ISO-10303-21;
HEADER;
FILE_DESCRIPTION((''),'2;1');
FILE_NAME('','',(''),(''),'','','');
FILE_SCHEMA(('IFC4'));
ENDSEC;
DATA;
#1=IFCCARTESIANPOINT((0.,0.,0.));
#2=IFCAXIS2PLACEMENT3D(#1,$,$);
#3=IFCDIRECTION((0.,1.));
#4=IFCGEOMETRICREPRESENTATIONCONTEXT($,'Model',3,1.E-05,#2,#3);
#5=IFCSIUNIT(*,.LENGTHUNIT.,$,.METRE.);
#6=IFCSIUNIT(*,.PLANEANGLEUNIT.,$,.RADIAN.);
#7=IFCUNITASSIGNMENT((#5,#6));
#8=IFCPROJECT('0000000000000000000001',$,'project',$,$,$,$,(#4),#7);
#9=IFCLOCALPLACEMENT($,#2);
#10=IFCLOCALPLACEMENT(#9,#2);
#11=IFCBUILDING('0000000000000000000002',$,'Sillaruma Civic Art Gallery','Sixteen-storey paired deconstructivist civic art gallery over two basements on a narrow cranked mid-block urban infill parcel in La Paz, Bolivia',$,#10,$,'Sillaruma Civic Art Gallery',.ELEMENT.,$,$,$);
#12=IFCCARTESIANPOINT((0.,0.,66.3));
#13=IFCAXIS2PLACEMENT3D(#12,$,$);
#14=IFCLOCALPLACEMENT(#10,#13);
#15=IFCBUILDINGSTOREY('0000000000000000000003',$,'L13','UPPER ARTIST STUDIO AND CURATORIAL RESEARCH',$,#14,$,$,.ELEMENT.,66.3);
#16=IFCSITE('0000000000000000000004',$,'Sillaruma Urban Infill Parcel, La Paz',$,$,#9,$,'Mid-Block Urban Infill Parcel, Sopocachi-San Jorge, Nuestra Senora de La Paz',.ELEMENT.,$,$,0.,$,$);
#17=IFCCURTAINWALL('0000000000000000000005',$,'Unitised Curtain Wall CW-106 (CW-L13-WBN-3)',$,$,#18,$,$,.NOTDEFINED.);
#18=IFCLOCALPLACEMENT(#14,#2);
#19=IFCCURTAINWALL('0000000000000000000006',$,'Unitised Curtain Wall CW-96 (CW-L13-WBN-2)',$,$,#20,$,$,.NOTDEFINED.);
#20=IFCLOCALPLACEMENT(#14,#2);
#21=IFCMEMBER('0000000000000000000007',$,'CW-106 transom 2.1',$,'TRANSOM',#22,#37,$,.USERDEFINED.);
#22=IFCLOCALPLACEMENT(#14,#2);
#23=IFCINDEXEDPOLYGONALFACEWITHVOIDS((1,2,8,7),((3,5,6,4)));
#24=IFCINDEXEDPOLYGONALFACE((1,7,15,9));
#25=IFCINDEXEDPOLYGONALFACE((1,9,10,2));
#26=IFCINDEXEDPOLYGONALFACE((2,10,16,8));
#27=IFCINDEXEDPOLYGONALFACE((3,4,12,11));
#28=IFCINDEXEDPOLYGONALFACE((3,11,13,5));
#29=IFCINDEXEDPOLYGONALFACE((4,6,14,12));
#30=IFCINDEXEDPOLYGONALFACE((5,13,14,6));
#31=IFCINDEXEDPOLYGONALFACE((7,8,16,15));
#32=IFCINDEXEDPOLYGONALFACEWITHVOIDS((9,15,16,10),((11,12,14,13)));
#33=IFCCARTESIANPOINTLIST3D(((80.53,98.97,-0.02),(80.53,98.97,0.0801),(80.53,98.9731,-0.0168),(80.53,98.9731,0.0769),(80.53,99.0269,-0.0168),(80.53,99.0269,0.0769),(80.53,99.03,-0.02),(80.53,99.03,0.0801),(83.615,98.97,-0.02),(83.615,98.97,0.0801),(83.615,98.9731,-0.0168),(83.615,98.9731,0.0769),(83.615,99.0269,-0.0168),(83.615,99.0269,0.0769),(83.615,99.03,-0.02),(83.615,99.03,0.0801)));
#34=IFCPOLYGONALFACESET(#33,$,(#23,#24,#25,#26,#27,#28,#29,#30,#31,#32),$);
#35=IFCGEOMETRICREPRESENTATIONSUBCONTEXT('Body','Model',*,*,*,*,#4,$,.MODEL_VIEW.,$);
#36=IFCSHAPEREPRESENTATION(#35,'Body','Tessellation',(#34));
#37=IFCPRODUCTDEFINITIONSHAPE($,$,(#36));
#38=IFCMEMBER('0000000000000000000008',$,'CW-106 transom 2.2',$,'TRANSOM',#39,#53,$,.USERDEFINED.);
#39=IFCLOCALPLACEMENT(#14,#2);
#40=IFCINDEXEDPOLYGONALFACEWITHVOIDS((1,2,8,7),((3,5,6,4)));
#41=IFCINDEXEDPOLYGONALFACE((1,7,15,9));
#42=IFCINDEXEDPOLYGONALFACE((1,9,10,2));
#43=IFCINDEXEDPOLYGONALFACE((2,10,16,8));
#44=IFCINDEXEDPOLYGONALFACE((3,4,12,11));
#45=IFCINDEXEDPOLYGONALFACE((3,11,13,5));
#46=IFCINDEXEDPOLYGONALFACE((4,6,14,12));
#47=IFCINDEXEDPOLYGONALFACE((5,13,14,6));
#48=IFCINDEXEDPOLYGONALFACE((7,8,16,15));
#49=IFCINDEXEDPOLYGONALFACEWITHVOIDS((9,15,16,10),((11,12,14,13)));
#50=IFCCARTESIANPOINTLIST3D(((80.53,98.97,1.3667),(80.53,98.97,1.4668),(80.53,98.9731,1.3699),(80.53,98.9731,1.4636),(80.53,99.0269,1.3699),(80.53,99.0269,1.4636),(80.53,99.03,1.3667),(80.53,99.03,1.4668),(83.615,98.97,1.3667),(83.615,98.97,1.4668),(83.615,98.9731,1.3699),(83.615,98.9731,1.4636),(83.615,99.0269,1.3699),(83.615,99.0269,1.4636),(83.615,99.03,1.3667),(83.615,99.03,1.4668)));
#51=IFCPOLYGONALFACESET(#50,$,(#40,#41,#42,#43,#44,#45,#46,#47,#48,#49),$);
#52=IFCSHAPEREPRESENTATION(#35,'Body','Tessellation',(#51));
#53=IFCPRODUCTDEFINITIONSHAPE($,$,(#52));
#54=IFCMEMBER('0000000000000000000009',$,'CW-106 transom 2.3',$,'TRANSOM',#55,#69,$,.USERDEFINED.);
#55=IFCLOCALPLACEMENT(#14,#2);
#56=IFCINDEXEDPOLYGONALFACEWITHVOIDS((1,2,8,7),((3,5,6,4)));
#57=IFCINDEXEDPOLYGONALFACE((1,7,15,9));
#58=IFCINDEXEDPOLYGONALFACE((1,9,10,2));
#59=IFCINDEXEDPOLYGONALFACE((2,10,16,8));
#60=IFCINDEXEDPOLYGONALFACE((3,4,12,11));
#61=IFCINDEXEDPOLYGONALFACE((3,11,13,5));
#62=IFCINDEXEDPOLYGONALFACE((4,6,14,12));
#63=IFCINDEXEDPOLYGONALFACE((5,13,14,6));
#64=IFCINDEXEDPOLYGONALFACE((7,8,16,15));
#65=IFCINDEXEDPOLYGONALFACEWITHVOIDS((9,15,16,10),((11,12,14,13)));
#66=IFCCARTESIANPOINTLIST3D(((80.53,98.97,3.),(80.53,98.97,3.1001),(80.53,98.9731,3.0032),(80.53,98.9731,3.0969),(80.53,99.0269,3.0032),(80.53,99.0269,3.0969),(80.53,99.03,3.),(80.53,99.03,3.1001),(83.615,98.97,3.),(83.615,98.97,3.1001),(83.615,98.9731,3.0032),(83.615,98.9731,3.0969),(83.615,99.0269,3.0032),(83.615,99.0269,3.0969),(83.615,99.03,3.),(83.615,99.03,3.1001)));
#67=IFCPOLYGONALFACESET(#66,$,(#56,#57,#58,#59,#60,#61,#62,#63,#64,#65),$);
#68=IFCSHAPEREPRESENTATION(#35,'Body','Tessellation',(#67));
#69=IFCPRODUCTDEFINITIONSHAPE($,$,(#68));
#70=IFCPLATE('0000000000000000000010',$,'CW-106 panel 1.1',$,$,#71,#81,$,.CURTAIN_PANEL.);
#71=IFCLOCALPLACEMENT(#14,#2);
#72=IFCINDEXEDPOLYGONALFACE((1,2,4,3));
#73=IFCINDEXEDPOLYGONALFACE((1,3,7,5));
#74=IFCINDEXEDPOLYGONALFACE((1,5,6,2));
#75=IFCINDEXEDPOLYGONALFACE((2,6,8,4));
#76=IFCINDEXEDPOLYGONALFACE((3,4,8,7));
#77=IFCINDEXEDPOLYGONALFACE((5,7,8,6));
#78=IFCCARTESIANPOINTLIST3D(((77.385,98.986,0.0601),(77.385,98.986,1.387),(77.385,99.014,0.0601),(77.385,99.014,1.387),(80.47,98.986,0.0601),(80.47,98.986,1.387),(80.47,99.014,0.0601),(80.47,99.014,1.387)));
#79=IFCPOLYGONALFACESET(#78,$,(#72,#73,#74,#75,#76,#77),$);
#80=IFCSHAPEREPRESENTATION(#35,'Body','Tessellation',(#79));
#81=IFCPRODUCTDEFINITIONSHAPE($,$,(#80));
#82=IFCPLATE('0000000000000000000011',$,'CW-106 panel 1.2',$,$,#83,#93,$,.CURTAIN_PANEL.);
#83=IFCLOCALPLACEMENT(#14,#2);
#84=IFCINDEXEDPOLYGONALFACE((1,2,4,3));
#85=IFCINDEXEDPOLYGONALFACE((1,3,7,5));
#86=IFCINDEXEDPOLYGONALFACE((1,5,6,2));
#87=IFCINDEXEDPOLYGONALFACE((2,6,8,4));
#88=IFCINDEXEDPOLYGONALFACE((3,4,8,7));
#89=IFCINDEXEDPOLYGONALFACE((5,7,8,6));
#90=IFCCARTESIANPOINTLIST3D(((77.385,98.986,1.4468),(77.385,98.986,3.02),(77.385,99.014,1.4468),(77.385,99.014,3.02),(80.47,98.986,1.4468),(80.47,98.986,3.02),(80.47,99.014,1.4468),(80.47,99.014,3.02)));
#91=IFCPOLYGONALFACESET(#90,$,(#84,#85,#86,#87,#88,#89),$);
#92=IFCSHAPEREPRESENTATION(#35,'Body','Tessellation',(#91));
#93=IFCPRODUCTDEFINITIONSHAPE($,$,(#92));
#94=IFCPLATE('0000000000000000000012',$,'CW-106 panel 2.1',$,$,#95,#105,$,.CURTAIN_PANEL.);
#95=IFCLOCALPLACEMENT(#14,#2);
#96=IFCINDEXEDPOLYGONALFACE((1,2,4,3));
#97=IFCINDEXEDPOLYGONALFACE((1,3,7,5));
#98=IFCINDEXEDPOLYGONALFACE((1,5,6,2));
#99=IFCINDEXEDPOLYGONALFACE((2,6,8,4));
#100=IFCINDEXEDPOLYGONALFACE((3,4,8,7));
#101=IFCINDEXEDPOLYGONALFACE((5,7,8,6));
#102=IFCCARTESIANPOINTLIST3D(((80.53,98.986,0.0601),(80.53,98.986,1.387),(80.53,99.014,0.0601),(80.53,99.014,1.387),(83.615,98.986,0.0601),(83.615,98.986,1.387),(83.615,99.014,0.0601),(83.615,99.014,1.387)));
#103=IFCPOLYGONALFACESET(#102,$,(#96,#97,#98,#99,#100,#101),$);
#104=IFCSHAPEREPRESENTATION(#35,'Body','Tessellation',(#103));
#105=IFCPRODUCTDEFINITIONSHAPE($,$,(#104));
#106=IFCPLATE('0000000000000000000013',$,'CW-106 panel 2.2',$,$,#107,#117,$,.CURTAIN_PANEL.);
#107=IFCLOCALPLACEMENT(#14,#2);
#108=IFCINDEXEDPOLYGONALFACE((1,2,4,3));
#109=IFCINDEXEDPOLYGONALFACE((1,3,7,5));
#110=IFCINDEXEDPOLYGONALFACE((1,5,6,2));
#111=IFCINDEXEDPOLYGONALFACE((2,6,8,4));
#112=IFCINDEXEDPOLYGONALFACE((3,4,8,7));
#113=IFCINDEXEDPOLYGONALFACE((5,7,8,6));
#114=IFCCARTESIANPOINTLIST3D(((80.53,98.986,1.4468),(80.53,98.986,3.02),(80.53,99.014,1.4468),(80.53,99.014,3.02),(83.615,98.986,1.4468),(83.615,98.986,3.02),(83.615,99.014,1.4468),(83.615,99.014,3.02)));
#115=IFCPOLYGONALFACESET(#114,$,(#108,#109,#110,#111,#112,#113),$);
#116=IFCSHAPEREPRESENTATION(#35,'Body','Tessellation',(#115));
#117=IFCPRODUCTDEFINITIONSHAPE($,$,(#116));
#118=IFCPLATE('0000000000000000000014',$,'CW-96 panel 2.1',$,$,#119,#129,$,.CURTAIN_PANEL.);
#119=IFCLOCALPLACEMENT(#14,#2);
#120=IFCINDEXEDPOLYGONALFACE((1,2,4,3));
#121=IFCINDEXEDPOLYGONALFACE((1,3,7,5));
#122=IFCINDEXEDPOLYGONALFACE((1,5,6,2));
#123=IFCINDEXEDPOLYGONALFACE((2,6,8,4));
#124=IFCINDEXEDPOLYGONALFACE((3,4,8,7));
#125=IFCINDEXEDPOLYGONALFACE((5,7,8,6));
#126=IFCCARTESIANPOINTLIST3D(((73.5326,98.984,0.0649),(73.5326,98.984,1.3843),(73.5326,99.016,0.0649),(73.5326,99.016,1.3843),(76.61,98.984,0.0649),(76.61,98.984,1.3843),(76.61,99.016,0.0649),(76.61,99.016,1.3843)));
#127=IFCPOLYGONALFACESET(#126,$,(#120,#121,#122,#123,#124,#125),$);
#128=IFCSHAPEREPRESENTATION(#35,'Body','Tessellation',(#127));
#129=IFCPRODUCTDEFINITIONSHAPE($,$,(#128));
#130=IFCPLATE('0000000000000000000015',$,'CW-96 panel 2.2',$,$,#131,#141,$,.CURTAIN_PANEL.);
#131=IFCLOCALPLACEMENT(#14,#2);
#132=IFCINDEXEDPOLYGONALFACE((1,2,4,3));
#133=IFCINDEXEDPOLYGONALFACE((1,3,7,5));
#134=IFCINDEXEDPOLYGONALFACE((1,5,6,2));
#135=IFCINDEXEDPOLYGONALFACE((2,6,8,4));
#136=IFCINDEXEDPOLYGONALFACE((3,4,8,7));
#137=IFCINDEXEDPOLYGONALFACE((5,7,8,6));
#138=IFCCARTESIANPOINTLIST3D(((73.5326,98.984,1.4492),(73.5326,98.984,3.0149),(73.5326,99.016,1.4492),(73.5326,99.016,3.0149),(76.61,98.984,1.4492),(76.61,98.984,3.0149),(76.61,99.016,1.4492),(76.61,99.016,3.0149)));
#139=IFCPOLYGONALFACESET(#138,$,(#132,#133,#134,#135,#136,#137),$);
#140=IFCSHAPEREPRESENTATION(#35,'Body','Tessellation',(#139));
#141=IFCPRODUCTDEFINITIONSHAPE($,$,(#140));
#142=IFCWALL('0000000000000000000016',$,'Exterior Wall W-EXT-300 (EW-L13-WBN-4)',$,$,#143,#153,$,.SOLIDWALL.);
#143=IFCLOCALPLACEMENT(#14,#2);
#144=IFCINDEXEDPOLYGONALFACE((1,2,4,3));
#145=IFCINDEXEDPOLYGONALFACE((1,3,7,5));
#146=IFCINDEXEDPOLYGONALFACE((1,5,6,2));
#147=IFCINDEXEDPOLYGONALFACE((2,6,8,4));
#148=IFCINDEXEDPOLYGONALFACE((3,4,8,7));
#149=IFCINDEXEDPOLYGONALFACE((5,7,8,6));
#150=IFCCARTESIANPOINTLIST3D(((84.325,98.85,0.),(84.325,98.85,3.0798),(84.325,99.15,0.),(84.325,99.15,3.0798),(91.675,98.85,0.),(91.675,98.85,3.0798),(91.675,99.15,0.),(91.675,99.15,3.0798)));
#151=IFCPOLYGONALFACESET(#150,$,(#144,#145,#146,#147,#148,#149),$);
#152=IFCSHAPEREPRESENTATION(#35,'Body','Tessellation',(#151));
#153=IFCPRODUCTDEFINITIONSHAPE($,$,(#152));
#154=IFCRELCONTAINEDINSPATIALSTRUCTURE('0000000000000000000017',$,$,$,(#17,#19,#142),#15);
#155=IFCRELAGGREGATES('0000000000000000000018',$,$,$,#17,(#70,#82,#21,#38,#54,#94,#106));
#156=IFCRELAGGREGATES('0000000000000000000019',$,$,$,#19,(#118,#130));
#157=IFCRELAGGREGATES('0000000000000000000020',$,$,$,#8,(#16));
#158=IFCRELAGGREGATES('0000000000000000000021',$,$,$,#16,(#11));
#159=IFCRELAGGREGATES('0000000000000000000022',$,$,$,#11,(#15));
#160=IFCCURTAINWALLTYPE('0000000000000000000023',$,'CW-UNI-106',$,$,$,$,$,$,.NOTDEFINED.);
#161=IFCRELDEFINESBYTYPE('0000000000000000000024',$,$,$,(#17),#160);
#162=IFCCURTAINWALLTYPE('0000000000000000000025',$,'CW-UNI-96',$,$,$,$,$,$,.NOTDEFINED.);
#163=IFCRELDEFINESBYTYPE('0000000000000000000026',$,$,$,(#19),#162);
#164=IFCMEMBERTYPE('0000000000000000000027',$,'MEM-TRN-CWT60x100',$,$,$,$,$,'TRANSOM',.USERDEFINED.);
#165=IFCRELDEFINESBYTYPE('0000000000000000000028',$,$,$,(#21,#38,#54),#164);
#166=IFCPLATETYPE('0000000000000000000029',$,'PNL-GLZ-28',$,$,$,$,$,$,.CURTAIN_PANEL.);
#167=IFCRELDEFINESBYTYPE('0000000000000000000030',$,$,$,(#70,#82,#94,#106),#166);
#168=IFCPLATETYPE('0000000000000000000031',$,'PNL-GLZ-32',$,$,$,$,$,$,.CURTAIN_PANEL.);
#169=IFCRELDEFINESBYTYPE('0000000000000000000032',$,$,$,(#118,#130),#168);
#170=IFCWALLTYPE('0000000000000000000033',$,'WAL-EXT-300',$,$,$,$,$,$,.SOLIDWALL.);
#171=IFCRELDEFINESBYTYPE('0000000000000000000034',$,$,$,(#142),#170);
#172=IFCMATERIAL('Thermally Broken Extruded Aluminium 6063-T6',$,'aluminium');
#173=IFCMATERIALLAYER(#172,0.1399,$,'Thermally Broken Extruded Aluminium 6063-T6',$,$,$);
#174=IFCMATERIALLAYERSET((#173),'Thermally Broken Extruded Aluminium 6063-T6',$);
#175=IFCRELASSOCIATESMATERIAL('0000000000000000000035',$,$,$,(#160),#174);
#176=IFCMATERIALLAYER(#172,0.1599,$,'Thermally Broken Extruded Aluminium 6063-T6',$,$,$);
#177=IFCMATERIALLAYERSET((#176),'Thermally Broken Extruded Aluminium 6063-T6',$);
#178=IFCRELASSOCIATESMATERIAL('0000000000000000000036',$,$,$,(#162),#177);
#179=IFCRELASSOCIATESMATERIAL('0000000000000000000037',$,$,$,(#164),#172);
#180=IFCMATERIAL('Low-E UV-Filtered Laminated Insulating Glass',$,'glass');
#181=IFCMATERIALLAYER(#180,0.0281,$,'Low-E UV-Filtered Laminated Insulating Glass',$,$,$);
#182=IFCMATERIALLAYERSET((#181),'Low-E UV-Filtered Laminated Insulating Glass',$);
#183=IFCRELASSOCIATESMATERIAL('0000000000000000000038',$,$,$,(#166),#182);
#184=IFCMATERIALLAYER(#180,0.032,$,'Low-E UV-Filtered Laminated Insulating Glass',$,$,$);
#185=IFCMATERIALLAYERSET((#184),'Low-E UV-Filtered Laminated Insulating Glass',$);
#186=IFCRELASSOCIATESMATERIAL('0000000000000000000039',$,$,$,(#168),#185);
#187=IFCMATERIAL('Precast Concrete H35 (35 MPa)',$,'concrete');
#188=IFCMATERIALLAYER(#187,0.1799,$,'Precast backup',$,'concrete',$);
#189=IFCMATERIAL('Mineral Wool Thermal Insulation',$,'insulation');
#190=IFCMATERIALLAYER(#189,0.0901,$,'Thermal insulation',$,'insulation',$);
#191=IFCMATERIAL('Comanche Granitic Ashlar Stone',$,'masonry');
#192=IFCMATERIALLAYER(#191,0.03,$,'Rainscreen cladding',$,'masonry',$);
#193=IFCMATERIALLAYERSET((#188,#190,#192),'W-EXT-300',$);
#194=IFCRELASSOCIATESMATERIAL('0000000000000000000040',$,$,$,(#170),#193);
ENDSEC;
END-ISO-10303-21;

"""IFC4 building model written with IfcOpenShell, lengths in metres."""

from ifc_helpers import new_model, si_unit, direction, frame, frame_2d, origin, origin_2d, place, context, subcontext, project, spatial, rectangle, hollow_rectangle, extrude, material, layer, layer_set, material_profile, profile_set, type_object, element, aggregate, save


model = new_model("IFC4")

# Units and contexts
model_context = context("Model", 3, precision=1e-05, world=origin(), true_north=direction((0.0, 1.0)))
body_context = subcontext(model_context, "Body", "Model", "MODEL_VIEW")
ifc_project = project(units=[si_unit("LENGTHUNIT", "METRE"), si_unit("PLANEANGLEUNIT", "RADIAN")], contexts=[model_context])

# Site, building, storey
site_placement = place(None, origin())
site = spatial("IfcSite", under=ifc_project, at=site_placement, Name="Sillaruma Urban Infill Parcel, La Paz", LongName="Mid-Block Urban Infill Parcel, Sopocachi-San Jorge, Nuestra Senora de La Paz", CompositionType="ELEMENT", RefElevation=0.0)
building_placement = place(site_placement, origin())
building = spatial("IfcBuilding", under=site, at=building_placement, Name="Sillaruma Civic Art Gallery", Description="Sixteen-storey paired deconstructivist civic art gallery over two basements on a narrow cranked mid-block urban infill parcel in La Paz, Bolivia", LongName="Sillaruma Civic Art Gallery", CompositionType="ELEMENT")
storey_placement = place(building_placement, frame((0.0, 0.0, 66.3)))
storey = spatial("IfcBuildingStorey", under=building, at=storey_placement, Name="L13", Description="UPPER ARTIST STUDIO AND CURATORIAL RESEARCH", CompositionType="ELEMENT", Elevation=66.3)

# Curtain wall
ifc_material_1 = material(Name="Thermally Broken Extruded Aluminium 6063-T6", Category="aluminium")
ifc_layer_1 = layer(ifc_material_1, 0.1399, Name="Thermally Broken Extruded Aluminium 6063-T6")
ifc_layer_set_1 = layer_set([ifc_layer_1], Name="Thermally Broken Extruded Aluminium 6063-T6")
curtain_wall_type_1 = type_object("IfcCurtainWallType", Name="CW-UNI-106", PredefinedType="NOTDEFINED", material=ifc_layer_set_1)
curtain_wall_1_placement = place(storey_placement, origin())
curtain_wall_1 = element("IfcCurtainWall", 1, at=curtain_wall_1_placement, inside=storey, type_object=curtain_wall_type_1, Name="Unitised Curtain Wall CW-106 (CW-L13-WBN-3)", PredefinedType="NOTDEFINED")

# Curtain wall
ifc_layer_2 = layer(ifc_material_1, 0.1599, Name="Thermally Broken Extruded Aluminium 6063-T6")
ifc_layer_set_2 = layer_set([ifc_layer_2], Name="Thermally Broken Extruded Aluminium 6063-T6")
curtain_wall_type_2 = type_object("IfcCurtainWallType", Name="CW-UNI-96", PredefinedType="NOTDEFINED", material=ifc_layer_set_2)
curtain_wall_2_placement = place(storey_placement, origin())
curtain_wall_2 = element("IfcCurtainWall", 2, at=curtain_wall_2_placement, inside=storey, type_object=curtain_wall_type_2, Name="Unitised Curtain Wall CW-96 (CW-L13-WBN-2)", PredefinedType="NOTDEFINED")

# Members
ifc_material_profile_1 = material_profile(ifc_material_1, hollow_rectangle(XDim=0.0601, YDim=0.1001, WallThickness=0.0032, at=origin_2d()), Name="CWT60x100")
ifc_profile_set_1 = profile_set([ifc_material_profile_1], Name="Thermally Broken Extruded Aluminium 6063-T6")
member_type_1 = type_object("IfcMemberType", Name="MEM-TRN-CWT60x100", ElementType="TRANSOM", PredefinedType="USERDEFINED", material=ifc_profile_set_1)
member_1_placement = place(storey_placement, frame((80.53, 99.0, 0.03), z_axis=(1.0, 0.0, 0.0), x_axis=(0.0, 1.0, 0.0)))
member_1 = element("IfcMember", 3, at=member_1_placement, type_object=member_type_1, Name="CW-106 transom 2.1", ObjectType="TRANSOM", PredefinedType="USERDEFINED", context=body_context, shape_type="SweptSolid", body=[
    extrude(hollow_rectangle(XDim=0.0601, YDim=0.1001, WallThickness=0.0032, at=origin_2d()), origin(), (0.0, 0.0, 1.0), 3.085),
])
member_2_placement = place(storey_placement, frame((80.53, 99.0, 1.4167), z_axis=(1.0, 0.0, 0.0), x_axis=(0.0, 1.0, 0.0)))
member_2 = element("IfcMember", 4, at=member_2_placement, type_object=member_type_1, Name="CW-106 transom 2.2", ObjectType="TRANSOM", PredefinedType="USERDEFINED", context=body_context, shape_type="SweptSolid", body=[
    extrude(hollow_rectangle(XDim=0.0601, YDim=0.1001, WallThickness=0.0032, at=origin_2d()), origin(), (0.0, 0.0, 1.0), 3.085),
])
member_3_placement = place(storey_placement, frame((80.53, 99.0, 3.05), z_axis=(1.0, 0.0, 0.0), x_axis=(0.0, 1.0, 0.0)))
member_3 = element("IfcMember", 5, at=member_3_placement, type_object=member_type_1, Name="CW-106 transom 2.3", ObjectType="TRANSOM", PredefinedType="USERDEFINED", context=body_context, shape_type="SweptSolid", body=[
    extrude(hollow_rectangle(XDim=0.0601, YDim=0.1001, WallThickness=0.0032, at=origin_2d()), origin(), (0.0, 0.0, 1.0), 3.085),
])

# Plates
ifc_material_2 = material(Name="Low-E UV-Filtered Laminated Insulating Glass", Category="glass")
ifc_layer_3 = layer(ifc_material_2, 0.0281, Name="Low-E UV-Filtered Laminated Insulating Glass")
ifc_layer_set_3 = layer_set([ifc_layer_3], Name="Low-E UV-Filtered Laminated Insulating Glass")
plate_type_1 = type_object("IfcPlateType", Name="PNL-GLZ-28", PredefinedType="CURTAIN_PANEL", material=ifc_layer_set_3)
plate_1_placement = place(storey_placement, frame((78.9275, 99.0, 0.0601), z_axis=(0.0, 0.0, 1.0), x_axis=(1.0, 0.0, 0.0)))
plate_1 = element("IfcPlate", 6, at=plate_1_placement, type_object=plate_type_1, Name="CW-106 panel 1.1", PredefinedType="CURTAIN_PANEL", context=body_context, shape_type="SweptSolid", body=[
    extrude(rectangle(XDim=3.085, YDim=0.0281, at=origin_2d()), origin(), (0.0, 0.0, 1.0), 1.3269),
])
plate_2_placement = place(storey_placement, frame((78.9275, 99.0, 1.4468), z_axis=(0.0, 0.0, 1.0), x_axis=(1.0, 0.0, 0.0)))
plate_2 = element("IfcPlate", 7, at=plate_2_placement, type_object=plate_type_1, Name="CW-106 panel 1.2", PredefinedType="CURTAIN_PANEL", context=body_context, shape_type="SweptSolid", body=[
    extrude(rectangle(XDim=3.085, YDim=0.0281, at=origin_2d()), origin(), (0.0, 0.0, 1.0), 1.5732),
])
plate_3_placement = place(storey_placement, frame((82.0725, 99.0, 0.0601), z_axis=(0.0, 0.0, 1.0), x_axis=(1.0, 0.0, 0.0)))
plate_3 = element("IfcPlate", 8, at=plate_3_placement, type_object=plate_type_1, Name="CW-106 panel 2.1", PredefinedType="CURTAIN_PANEL", context=body_context, shape_type="SweptSolid", body=[
    extrude(rectangle(XDim=3.085, YDim=0.0281, at=origin_2d()), origin(), (0.0, 0.0, 1.0), 1.3269),
])
plate_4_placement = place(storey_placement, frame((82.0725, 99.0, 1.4468), z_axis=(0.0, 0.0, 1.0), x_axis=(1.0, 0.0, 0.0)))
plate_4 = element("IfcPlate", 9, at=plate_4_placement, type_object=plate_type_1, Name="CW-106 panel 2.2", PredefinedType="CURTAIN_PANEL", context=body_context, shape_type="SweptSolid", body=[
    extrude(rectangle(XDim=3.085, YDim=0.0281, at=origin_2d()), origin(), (0.0, 0.0, 1.0), 1.5732),
])
aggregate(curtain_wall_1, [plate_1, plate_2, member_1, member_2, member_3, plate_3, plate_4])
ifc_layer_4 = layer(ifc_material_2, 0.032, Name="Low-E UV-Filtered Laminated Insulating Glass")
ifc_layer_set_4 = layer_set([ifc_layer_4], Name="Low-E UV-Filtered Laminated Insulating Glass")
plate_type_2 = type_object("IfcPlateType", Name="PNL-GLZ-32", PredefinedType="CURTAIN_PANEL", material=ifc_layer_set_4)
plate_5_placement = place(storey_placement, frame((75.0713, 99.0, 0.0649), z_axis=(0.0, 0.0, 1.0), x_axis=(1.0, 0.0, 0.0)))
plate_5 = element("IfcPlate", 10, at=plate_5_placement, type_object=plate_type_2, Name="CW-96 panel 2.1", PredefinedType="CURTAIN_PANEL", context=body_context, shape_type="SweptSolid", body=[
    extrude(rectangle(XDim=3.0774, YDim=0.032, at=origin_2d()), origin(), (0.0, 0.0, 1.0), 1.3193),
])
plate_6_placement = place(storey_placement, frame((75.0713, 99.0, 1.4492), z_axis=(0.0, 0.0, 1.0), x_axis=(1.0, 0.0, 0.0)))
plate_6 = element("IfcPlate", 11, at=plate_6_placement, type_object=plate_type_2, Name="CW-96 panel 2.2", PredefinedType="CURTAIN_PANEL", context=body_context, shape_type="SweptSolid", body=[
    extrude(rectangle(XDim=3.0774, YDim=0.032, at=origin_2d()), origin(), (0.0, 0.0, 1.0), 1.5657),
])
aggregate(curtain_wall_2, [plate_5, plate_6])

# Wall
ifc_material_3 = material(Name="Precast Concrete H35 (35 MPa)", Category="concrete")
ifc_layer_5 = layer(ifc_material_3, 0.1799, Name="Precast backup", Category="concrete")
ifc_material_4 = material(Name="Mineral Wool Thermal Insulation", Category="insulation")
ifc_layer_6 = layer(ifc_material_4, 0.0901, Name="Thermal insulation", Category="insulation")
ifc_material_5 = material(Name="Comanche Granitic Ashlar Stone", Category="masonry")
ifc_layer_7 = layer(ifc_material_5, 0.03, Name="Rainscreen cladding", Category="masonry")
ifc_layer_set_5 = layer_set([ifc_layer_5, ifc_layer_6, ifc_layer_7], Name="W-EXT-300")
wall_type = type_object("IfcWallType", Name="WAL-EXT-300", PredefinedType="SOLIDWALL", material=ifc_layer_set_5)
wall_placement = place(storey_placement, frame((84.325, 99.0, 0.0), z_axis=(0.0, 0.0, 1.0), x_axis=(1.0, 0.0, 0.0)))
element("IfcWall", 12, at=wall_placement, inside=storey, type_object=wall_type, Name="Exterior Wall W-EXT-300 (EW-L13-WBN-4)", PredefinedType="SOLIDWALL", context=body_context, shape_type="SweptSolid", body=[
    extrude(rectangle(XDim=7.3501, YDim=0.3, at=frame_2d((3.675, 0.0))), origin(), (0.0, 0.0, 1.0), 3.0798),
])

save(model, "model.ifc")
